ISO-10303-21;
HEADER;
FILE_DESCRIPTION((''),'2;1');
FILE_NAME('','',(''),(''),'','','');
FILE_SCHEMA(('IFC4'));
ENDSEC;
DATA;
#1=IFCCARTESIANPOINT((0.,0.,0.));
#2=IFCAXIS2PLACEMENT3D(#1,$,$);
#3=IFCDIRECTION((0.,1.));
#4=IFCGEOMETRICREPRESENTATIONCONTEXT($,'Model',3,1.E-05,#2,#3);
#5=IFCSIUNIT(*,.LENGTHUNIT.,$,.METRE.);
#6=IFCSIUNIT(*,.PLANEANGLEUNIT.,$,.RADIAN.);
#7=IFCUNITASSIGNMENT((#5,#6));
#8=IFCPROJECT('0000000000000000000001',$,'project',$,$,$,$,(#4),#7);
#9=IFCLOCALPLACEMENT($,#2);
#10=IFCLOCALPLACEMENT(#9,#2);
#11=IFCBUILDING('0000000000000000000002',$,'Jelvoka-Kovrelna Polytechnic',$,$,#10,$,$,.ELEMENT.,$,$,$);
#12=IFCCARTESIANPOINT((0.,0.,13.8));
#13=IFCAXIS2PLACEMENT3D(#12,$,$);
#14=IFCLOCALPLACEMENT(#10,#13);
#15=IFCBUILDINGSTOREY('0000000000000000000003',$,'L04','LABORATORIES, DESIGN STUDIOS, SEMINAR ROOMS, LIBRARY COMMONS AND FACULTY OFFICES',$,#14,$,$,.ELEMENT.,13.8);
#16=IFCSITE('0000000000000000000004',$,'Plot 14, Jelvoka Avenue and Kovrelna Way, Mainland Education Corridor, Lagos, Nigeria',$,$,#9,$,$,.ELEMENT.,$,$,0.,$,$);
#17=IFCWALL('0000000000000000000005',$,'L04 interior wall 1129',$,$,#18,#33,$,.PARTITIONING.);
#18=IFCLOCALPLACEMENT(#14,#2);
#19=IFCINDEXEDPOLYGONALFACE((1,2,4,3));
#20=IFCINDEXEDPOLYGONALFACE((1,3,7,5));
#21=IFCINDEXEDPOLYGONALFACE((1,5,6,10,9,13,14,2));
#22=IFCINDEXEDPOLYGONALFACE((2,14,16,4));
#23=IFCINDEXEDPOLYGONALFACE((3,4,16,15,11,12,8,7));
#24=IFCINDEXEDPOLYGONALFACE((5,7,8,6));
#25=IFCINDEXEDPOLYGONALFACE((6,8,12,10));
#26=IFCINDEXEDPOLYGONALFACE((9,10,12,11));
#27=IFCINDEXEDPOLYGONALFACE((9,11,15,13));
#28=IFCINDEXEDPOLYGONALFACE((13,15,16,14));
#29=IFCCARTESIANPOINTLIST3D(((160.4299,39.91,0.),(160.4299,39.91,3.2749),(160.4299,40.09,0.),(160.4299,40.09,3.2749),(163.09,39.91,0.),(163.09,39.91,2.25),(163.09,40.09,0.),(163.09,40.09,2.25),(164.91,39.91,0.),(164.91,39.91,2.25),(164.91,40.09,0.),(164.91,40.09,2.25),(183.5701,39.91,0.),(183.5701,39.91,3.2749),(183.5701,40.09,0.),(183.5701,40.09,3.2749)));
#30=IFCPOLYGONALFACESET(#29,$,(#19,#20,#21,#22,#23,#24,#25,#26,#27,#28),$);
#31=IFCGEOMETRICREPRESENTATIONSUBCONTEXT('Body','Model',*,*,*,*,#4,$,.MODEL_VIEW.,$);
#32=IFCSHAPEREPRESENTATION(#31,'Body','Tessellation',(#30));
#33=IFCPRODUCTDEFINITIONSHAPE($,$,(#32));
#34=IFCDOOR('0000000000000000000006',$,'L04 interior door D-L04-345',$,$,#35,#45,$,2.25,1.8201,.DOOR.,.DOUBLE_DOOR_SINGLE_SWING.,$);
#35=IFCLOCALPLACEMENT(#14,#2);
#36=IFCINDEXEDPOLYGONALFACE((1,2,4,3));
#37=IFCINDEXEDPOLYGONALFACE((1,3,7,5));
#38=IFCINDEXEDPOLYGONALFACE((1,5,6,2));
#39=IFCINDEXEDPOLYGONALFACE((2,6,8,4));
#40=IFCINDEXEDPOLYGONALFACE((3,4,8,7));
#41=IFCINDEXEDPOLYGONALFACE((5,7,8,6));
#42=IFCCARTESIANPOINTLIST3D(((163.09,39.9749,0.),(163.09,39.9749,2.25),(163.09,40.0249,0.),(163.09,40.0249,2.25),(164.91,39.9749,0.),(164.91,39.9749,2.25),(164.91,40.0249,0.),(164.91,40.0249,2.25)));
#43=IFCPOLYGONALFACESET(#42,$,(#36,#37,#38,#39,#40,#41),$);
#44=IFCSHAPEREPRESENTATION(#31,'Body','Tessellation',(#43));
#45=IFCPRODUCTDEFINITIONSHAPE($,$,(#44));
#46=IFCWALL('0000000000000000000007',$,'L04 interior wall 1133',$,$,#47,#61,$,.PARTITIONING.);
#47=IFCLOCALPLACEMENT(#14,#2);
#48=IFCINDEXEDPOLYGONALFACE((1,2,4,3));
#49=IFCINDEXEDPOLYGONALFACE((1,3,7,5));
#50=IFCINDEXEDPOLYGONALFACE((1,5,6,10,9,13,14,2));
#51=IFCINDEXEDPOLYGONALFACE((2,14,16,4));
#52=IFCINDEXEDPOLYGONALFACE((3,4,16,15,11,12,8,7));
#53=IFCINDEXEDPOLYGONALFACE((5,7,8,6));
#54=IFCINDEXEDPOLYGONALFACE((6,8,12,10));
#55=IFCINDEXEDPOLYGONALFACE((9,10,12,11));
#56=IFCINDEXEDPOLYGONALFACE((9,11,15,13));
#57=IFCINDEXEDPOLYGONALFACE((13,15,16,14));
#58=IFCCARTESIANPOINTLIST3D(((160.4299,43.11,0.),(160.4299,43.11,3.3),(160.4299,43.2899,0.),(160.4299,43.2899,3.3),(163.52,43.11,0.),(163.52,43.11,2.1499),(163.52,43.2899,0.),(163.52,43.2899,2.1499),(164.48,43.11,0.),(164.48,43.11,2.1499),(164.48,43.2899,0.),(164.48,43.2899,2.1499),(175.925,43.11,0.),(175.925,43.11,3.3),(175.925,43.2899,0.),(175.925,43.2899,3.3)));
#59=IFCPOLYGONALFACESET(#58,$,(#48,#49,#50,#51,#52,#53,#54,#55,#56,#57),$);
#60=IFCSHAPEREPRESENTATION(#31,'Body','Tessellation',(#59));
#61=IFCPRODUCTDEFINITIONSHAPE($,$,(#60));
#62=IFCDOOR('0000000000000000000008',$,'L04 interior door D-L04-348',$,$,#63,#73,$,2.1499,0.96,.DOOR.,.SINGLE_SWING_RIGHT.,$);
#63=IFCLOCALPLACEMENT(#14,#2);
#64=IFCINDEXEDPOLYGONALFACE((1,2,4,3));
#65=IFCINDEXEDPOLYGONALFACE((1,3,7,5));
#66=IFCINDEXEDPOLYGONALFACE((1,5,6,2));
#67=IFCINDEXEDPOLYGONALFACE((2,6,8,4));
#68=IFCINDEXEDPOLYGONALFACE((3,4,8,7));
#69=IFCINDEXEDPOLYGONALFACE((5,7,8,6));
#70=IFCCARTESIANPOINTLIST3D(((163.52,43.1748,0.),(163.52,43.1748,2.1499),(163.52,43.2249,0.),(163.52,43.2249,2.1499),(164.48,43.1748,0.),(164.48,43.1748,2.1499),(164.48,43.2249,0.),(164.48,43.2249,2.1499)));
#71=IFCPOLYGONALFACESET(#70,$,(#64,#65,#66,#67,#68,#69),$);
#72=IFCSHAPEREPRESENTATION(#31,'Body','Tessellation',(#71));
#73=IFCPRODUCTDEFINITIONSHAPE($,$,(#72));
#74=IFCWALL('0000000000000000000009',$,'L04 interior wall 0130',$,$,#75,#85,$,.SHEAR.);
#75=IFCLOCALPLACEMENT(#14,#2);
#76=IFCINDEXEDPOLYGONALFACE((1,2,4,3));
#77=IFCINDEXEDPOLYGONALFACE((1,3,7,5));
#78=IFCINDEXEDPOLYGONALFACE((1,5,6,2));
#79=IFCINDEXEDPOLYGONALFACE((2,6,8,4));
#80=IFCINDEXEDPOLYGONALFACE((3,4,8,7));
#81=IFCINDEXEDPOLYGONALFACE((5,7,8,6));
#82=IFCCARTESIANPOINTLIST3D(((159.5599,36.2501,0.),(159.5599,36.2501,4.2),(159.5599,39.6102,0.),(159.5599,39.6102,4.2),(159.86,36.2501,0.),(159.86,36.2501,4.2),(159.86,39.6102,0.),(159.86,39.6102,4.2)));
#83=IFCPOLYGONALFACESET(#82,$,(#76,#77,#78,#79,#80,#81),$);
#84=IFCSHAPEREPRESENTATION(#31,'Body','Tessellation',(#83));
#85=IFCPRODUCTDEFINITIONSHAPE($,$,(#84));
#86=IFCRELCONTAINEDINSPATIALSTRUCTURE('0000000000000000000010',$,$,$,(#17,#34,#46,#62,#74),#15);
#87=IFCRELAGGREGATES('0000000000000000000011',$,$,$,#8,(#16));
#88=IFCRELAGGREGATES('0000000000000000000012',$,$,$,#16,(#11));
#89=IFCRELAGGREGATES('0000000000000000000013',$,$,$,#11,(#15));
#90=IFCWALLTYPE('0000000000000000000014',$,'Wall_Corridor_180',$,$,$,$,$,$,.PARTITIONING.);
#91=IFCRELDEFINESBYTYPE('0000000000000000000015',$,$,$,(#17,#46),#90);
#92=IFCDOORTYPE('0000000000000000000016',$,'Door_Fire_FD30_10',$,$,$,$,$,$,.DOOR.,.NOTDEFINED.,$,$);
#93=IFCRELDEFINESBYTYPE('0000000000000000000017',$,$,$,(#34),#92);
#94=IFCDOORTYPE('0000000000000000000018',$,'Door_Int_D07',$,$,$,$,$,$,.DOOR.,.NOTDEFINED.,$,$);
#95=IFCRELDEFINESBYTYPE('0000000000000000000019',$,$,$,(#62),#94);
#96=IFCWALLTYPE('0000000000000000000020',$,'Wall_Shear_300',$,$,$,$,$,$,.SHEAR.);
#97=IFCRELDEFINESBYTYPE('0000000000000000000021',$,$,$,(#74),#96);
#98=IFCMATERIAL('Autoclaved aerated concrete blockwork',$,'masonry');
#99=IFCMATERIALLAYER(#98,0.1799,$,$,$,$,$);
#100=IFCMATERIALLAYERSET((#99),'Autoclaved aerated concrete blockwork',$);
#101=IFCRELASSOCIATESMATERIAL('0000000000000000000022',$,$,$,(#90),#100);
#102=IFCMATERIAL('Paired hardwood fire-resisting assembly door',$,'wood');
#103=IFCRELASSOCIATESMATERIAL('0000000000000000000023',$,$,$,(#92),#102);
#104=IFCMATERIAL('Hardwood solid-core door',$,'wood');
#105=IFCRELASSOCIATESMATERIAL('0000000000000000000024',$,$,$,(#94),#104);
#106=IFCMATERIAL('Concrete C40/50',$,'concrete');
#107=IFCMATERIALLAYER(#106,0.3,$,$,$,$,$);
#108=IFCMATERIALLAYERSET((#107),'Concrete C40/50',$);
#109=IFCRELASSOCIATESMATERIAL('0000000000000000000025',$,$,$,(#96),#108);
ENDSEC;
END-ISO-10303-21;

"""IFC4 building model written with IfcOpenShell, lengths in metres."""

from ifc_helpers import new_model, si_unit, direction, frame, frame_2d, origin, place, context, subcontext, project, spatial, rectangle, extrude, material, layer, layer_set, type_object, element, fill, save


model = new_model("IFC4")

# Units and contexts
model_context = context("Model", 3, precision=1e-05, world=origin(), true_north=direction((0.0, 1.0)))
body_context = subcontext(model_context, "Body", "Model", "MODEL_VIEW")
ifc_project = project(units=[si_unit("LENGTHUNIT", "METRE"), si_unit("PLANEANGLEUNIT", "RADIAN")], contexts=[model_context])

# Site, building, storey
site_placement = place(None, origin())
site = spatial("IfcSite", under=ifc_project, at=site_placement, Name="Plot 14, Jelvoka Avenue and Kovrelna Way, Mainland Education Corridor, Lagos, Nigeria", CompositionType="ELEMENT", RefElevation=0.0)
building_placement = place(site_placement, origin())
building = spatial("IfcBuilding", under=site, at=building_placement, Name="Jelvoka-Kovrelna Polytechnic", CompositionType="ELEMENT")
storey_placement = place(building_placement, frame((0.0, 0.0, 13.8)))
storey = spatial("IfcBuildingStorey", under=building, at=storey_placement, Name="L04", Description="LABORATORIES, DESIGN STUDIOS, SEMINAR ROOMS, LIBRARY COMMONS AND FACULTY OFFICES", CompositionType="ELEMENT", Elevation=13.8)

# Walls, openings, doors
ifc_material_1 = material(Name="Autoclaved aerated concrete blockwork", Category="masonry")
ifc_layer_1 = layer(ifc_material_1, 0.1799)
ifc_layer_set_1 = layer_set([ifc_layer_1], Name="Autoclaved aerated concrete blockwork")
wall_type_1 = type_object("IfcWallType", Name="Wall_Corridor_180", PredefinedType="PARTITIONING", material=ifc_layer_set_1)
wall_1_placement = place(storey_placement, frame((160.4299, 40.0, 0.0), z_axis=(0.0, 0.0, 1.0), x_axis=(1.0, 0.0, 0.0)))
wall_1 = element("IfcWall", 1, at=wall_1_placement, inside=storey, type_object=wall_type_1, Name="L04 interior wall 1129", PredefinedType="PARTITIONING", context=body_context, shape_type="SweptSolid", body=[
    extrude(rectangle(XDim=23.1401, YDim=0.1799, at=frame_2d((11.5701, 0.0))), origin(), (0.0, 0.0, 1.0), 3.2749),
])
opening_1_placement = place(wall_1_placement, frame((2.6599, 0.0, 0.0)))
opening_1 = element("IfcOpeningElement", 2, at=opening_1_placement, cuts=wall_1, PredefinedType="OPENING", context=body_context, shape_type="SweptSolid", body=[
    extrude(rectangle(XDim=1.8201, YDim=2.25, at=frame_2d((0.9102, 1.125))), frame((0.0, 0.0999, 0.0), z_axis=(0.0, -1.0, 0.0), x_axis=(1.0, 0.0, 0.0)), (0.0, 0.0, 1.0), 0.2),
])
ifc_material_2 = material(Name="Paired hardwood fire-resisting assembly door", Category="wood")
door_type_1 = type_object("IfcDoorType", Name="Door_Fire_FD30_10", OperationType="NOTDEFINED", PredefinedType="DOOR", material=ifc_material_2)
door_1_placement = place(opening_1_placement, origin())
door_1 = element("IfcDoor", 3, at=door_1_placement, inside=storey, type_object=door_type_1, Name="L04 interior door D-L04-345", OperationType="DOUBLE_DOOR_SINGLE_SWING", OverallHeight=2.25, OverallWidth=1.8201, PredefinedType="DOOR", context=body_context, shape_type="SweptSolid", body=[
    extrude(rectangle(XDim=1.8201, YDim=2.25, at=frame_2d((0.9102, 1.125))), frame((0.0, 0.0249, 0.0), z_axis=(0.0, -1.0, 0.0), x_axis=(1.0, 0.0, 0.0)), (0.0, 0.0, 1.0), 0.05),
])
fill(opening_1, door_1)
wall_2_placement = place(storey_placement, frame((160.4299, 43.2, 0.0), z_axis=(0.0, 0.0, 1.0), x_axis=(1.0, 0.0, 0.0)))
wall_2 = element("IfcWall", 4, at=wall_2_placement, inside=storey, type_object=wall_type_1, Name="L04 interior wall 1133", PredefinedType="PARTITIONING", context=body_context, shape_type="SweptSolid", body=[
    extrude(rectangle(XDim=15.4951, YDim=0.1799, at=frame_2d((7.7476, 0.0))), origin(), (0.0, 0.0, 1.0), 3.3),
])
opening_2_placement = place(wall_2_placement, frame((3.0901, 0.0, 0.0)))
opening_2 = element("IfcOpeningElement", 5, at=opening_2_placement, cuts=wall_2, PredefinedType="OPENING", context=body_context, shape_type="SweptSolid", body=[
    extrude(rectangle(XDim=0.96, YDim=2.1499, at=frame_2d((0.48, 1.075))), frame((0.0, 0.0999, 0.0), z_axis=(0.0, -1.0, 0.0), x_axis=(1.0, 0.0, 0.0)), (0.0, 0.0, 1.0), 0.2),
])
ifc_material_3 = material(Name="Hardwood solid-core door", Category="wood")
door_type_2 = type_object("IfcDoorType", Name="Door_Int_D07", OperationType="NOTDEFINED", PredefinedType="DOOR", material=ifc_material_3)
door_2_placement = place(opening_2_placement, origin())
door_2 = element("IfcDoor", 6, at=door_2_placement, inside=storey, type_object=door_type_2, Name="L04 interior door D-L04-348", OperationType="SINGLE_SWING_RIGHT", OverallHeight=2.1499, OverallWidth=0.96, PredefinedType="DOOR", context=body_context, shape_type="SweptSolid", body=[
    extrude(rectangle(XDim=0.96, YDim=2.1499, at=frame_2d((0.48, 1.075))), frame((0.0, 0.0249, 0.0), z_axis=(0.0, -1.0, 0.0), x_axis=(1.0, 0.0, 0.0)), (0.0, 0.0, 1.0), 0.05),
])
fill(opening_2, door_2)

# Wall
ifc_material_4 = material(Name="Concrete C40/50", Category="concrete")
ifc_layer_2 = layer(ifc_material_4, 0.3)
ifc_layer_set_2 = layer_set([ifc_layer_2], Name="Concrete C40/50")
wall_type_2 = type_object("IfcWallType", Name="Wall_Shear_300", PredefinedType="SHEAR", material=ifc_layer_set_2)
wall_3_placement = place(storey_placement, frame((159.71, 36.25, 0.0), z_axis=(0.0, 0.0, 1.0), x_axis=(0.0, 1.0, 0.0)))
element("IfcWall", 7, at=wall_3_placement, inside=storey, type_object=wall_type_2, Name="L04 interior wall 0130", PredefinedType="SHEAR", context=body_context, shape_type="SweptSolid", body=[
    extrude(rectangle(XDim=3.3601, YDim=0.3, at=frame_2d((1.6802, 0.0))), origin(), (0.0, 0.0, 1.0), 4.2),
])

save(model, "model.ifc")
